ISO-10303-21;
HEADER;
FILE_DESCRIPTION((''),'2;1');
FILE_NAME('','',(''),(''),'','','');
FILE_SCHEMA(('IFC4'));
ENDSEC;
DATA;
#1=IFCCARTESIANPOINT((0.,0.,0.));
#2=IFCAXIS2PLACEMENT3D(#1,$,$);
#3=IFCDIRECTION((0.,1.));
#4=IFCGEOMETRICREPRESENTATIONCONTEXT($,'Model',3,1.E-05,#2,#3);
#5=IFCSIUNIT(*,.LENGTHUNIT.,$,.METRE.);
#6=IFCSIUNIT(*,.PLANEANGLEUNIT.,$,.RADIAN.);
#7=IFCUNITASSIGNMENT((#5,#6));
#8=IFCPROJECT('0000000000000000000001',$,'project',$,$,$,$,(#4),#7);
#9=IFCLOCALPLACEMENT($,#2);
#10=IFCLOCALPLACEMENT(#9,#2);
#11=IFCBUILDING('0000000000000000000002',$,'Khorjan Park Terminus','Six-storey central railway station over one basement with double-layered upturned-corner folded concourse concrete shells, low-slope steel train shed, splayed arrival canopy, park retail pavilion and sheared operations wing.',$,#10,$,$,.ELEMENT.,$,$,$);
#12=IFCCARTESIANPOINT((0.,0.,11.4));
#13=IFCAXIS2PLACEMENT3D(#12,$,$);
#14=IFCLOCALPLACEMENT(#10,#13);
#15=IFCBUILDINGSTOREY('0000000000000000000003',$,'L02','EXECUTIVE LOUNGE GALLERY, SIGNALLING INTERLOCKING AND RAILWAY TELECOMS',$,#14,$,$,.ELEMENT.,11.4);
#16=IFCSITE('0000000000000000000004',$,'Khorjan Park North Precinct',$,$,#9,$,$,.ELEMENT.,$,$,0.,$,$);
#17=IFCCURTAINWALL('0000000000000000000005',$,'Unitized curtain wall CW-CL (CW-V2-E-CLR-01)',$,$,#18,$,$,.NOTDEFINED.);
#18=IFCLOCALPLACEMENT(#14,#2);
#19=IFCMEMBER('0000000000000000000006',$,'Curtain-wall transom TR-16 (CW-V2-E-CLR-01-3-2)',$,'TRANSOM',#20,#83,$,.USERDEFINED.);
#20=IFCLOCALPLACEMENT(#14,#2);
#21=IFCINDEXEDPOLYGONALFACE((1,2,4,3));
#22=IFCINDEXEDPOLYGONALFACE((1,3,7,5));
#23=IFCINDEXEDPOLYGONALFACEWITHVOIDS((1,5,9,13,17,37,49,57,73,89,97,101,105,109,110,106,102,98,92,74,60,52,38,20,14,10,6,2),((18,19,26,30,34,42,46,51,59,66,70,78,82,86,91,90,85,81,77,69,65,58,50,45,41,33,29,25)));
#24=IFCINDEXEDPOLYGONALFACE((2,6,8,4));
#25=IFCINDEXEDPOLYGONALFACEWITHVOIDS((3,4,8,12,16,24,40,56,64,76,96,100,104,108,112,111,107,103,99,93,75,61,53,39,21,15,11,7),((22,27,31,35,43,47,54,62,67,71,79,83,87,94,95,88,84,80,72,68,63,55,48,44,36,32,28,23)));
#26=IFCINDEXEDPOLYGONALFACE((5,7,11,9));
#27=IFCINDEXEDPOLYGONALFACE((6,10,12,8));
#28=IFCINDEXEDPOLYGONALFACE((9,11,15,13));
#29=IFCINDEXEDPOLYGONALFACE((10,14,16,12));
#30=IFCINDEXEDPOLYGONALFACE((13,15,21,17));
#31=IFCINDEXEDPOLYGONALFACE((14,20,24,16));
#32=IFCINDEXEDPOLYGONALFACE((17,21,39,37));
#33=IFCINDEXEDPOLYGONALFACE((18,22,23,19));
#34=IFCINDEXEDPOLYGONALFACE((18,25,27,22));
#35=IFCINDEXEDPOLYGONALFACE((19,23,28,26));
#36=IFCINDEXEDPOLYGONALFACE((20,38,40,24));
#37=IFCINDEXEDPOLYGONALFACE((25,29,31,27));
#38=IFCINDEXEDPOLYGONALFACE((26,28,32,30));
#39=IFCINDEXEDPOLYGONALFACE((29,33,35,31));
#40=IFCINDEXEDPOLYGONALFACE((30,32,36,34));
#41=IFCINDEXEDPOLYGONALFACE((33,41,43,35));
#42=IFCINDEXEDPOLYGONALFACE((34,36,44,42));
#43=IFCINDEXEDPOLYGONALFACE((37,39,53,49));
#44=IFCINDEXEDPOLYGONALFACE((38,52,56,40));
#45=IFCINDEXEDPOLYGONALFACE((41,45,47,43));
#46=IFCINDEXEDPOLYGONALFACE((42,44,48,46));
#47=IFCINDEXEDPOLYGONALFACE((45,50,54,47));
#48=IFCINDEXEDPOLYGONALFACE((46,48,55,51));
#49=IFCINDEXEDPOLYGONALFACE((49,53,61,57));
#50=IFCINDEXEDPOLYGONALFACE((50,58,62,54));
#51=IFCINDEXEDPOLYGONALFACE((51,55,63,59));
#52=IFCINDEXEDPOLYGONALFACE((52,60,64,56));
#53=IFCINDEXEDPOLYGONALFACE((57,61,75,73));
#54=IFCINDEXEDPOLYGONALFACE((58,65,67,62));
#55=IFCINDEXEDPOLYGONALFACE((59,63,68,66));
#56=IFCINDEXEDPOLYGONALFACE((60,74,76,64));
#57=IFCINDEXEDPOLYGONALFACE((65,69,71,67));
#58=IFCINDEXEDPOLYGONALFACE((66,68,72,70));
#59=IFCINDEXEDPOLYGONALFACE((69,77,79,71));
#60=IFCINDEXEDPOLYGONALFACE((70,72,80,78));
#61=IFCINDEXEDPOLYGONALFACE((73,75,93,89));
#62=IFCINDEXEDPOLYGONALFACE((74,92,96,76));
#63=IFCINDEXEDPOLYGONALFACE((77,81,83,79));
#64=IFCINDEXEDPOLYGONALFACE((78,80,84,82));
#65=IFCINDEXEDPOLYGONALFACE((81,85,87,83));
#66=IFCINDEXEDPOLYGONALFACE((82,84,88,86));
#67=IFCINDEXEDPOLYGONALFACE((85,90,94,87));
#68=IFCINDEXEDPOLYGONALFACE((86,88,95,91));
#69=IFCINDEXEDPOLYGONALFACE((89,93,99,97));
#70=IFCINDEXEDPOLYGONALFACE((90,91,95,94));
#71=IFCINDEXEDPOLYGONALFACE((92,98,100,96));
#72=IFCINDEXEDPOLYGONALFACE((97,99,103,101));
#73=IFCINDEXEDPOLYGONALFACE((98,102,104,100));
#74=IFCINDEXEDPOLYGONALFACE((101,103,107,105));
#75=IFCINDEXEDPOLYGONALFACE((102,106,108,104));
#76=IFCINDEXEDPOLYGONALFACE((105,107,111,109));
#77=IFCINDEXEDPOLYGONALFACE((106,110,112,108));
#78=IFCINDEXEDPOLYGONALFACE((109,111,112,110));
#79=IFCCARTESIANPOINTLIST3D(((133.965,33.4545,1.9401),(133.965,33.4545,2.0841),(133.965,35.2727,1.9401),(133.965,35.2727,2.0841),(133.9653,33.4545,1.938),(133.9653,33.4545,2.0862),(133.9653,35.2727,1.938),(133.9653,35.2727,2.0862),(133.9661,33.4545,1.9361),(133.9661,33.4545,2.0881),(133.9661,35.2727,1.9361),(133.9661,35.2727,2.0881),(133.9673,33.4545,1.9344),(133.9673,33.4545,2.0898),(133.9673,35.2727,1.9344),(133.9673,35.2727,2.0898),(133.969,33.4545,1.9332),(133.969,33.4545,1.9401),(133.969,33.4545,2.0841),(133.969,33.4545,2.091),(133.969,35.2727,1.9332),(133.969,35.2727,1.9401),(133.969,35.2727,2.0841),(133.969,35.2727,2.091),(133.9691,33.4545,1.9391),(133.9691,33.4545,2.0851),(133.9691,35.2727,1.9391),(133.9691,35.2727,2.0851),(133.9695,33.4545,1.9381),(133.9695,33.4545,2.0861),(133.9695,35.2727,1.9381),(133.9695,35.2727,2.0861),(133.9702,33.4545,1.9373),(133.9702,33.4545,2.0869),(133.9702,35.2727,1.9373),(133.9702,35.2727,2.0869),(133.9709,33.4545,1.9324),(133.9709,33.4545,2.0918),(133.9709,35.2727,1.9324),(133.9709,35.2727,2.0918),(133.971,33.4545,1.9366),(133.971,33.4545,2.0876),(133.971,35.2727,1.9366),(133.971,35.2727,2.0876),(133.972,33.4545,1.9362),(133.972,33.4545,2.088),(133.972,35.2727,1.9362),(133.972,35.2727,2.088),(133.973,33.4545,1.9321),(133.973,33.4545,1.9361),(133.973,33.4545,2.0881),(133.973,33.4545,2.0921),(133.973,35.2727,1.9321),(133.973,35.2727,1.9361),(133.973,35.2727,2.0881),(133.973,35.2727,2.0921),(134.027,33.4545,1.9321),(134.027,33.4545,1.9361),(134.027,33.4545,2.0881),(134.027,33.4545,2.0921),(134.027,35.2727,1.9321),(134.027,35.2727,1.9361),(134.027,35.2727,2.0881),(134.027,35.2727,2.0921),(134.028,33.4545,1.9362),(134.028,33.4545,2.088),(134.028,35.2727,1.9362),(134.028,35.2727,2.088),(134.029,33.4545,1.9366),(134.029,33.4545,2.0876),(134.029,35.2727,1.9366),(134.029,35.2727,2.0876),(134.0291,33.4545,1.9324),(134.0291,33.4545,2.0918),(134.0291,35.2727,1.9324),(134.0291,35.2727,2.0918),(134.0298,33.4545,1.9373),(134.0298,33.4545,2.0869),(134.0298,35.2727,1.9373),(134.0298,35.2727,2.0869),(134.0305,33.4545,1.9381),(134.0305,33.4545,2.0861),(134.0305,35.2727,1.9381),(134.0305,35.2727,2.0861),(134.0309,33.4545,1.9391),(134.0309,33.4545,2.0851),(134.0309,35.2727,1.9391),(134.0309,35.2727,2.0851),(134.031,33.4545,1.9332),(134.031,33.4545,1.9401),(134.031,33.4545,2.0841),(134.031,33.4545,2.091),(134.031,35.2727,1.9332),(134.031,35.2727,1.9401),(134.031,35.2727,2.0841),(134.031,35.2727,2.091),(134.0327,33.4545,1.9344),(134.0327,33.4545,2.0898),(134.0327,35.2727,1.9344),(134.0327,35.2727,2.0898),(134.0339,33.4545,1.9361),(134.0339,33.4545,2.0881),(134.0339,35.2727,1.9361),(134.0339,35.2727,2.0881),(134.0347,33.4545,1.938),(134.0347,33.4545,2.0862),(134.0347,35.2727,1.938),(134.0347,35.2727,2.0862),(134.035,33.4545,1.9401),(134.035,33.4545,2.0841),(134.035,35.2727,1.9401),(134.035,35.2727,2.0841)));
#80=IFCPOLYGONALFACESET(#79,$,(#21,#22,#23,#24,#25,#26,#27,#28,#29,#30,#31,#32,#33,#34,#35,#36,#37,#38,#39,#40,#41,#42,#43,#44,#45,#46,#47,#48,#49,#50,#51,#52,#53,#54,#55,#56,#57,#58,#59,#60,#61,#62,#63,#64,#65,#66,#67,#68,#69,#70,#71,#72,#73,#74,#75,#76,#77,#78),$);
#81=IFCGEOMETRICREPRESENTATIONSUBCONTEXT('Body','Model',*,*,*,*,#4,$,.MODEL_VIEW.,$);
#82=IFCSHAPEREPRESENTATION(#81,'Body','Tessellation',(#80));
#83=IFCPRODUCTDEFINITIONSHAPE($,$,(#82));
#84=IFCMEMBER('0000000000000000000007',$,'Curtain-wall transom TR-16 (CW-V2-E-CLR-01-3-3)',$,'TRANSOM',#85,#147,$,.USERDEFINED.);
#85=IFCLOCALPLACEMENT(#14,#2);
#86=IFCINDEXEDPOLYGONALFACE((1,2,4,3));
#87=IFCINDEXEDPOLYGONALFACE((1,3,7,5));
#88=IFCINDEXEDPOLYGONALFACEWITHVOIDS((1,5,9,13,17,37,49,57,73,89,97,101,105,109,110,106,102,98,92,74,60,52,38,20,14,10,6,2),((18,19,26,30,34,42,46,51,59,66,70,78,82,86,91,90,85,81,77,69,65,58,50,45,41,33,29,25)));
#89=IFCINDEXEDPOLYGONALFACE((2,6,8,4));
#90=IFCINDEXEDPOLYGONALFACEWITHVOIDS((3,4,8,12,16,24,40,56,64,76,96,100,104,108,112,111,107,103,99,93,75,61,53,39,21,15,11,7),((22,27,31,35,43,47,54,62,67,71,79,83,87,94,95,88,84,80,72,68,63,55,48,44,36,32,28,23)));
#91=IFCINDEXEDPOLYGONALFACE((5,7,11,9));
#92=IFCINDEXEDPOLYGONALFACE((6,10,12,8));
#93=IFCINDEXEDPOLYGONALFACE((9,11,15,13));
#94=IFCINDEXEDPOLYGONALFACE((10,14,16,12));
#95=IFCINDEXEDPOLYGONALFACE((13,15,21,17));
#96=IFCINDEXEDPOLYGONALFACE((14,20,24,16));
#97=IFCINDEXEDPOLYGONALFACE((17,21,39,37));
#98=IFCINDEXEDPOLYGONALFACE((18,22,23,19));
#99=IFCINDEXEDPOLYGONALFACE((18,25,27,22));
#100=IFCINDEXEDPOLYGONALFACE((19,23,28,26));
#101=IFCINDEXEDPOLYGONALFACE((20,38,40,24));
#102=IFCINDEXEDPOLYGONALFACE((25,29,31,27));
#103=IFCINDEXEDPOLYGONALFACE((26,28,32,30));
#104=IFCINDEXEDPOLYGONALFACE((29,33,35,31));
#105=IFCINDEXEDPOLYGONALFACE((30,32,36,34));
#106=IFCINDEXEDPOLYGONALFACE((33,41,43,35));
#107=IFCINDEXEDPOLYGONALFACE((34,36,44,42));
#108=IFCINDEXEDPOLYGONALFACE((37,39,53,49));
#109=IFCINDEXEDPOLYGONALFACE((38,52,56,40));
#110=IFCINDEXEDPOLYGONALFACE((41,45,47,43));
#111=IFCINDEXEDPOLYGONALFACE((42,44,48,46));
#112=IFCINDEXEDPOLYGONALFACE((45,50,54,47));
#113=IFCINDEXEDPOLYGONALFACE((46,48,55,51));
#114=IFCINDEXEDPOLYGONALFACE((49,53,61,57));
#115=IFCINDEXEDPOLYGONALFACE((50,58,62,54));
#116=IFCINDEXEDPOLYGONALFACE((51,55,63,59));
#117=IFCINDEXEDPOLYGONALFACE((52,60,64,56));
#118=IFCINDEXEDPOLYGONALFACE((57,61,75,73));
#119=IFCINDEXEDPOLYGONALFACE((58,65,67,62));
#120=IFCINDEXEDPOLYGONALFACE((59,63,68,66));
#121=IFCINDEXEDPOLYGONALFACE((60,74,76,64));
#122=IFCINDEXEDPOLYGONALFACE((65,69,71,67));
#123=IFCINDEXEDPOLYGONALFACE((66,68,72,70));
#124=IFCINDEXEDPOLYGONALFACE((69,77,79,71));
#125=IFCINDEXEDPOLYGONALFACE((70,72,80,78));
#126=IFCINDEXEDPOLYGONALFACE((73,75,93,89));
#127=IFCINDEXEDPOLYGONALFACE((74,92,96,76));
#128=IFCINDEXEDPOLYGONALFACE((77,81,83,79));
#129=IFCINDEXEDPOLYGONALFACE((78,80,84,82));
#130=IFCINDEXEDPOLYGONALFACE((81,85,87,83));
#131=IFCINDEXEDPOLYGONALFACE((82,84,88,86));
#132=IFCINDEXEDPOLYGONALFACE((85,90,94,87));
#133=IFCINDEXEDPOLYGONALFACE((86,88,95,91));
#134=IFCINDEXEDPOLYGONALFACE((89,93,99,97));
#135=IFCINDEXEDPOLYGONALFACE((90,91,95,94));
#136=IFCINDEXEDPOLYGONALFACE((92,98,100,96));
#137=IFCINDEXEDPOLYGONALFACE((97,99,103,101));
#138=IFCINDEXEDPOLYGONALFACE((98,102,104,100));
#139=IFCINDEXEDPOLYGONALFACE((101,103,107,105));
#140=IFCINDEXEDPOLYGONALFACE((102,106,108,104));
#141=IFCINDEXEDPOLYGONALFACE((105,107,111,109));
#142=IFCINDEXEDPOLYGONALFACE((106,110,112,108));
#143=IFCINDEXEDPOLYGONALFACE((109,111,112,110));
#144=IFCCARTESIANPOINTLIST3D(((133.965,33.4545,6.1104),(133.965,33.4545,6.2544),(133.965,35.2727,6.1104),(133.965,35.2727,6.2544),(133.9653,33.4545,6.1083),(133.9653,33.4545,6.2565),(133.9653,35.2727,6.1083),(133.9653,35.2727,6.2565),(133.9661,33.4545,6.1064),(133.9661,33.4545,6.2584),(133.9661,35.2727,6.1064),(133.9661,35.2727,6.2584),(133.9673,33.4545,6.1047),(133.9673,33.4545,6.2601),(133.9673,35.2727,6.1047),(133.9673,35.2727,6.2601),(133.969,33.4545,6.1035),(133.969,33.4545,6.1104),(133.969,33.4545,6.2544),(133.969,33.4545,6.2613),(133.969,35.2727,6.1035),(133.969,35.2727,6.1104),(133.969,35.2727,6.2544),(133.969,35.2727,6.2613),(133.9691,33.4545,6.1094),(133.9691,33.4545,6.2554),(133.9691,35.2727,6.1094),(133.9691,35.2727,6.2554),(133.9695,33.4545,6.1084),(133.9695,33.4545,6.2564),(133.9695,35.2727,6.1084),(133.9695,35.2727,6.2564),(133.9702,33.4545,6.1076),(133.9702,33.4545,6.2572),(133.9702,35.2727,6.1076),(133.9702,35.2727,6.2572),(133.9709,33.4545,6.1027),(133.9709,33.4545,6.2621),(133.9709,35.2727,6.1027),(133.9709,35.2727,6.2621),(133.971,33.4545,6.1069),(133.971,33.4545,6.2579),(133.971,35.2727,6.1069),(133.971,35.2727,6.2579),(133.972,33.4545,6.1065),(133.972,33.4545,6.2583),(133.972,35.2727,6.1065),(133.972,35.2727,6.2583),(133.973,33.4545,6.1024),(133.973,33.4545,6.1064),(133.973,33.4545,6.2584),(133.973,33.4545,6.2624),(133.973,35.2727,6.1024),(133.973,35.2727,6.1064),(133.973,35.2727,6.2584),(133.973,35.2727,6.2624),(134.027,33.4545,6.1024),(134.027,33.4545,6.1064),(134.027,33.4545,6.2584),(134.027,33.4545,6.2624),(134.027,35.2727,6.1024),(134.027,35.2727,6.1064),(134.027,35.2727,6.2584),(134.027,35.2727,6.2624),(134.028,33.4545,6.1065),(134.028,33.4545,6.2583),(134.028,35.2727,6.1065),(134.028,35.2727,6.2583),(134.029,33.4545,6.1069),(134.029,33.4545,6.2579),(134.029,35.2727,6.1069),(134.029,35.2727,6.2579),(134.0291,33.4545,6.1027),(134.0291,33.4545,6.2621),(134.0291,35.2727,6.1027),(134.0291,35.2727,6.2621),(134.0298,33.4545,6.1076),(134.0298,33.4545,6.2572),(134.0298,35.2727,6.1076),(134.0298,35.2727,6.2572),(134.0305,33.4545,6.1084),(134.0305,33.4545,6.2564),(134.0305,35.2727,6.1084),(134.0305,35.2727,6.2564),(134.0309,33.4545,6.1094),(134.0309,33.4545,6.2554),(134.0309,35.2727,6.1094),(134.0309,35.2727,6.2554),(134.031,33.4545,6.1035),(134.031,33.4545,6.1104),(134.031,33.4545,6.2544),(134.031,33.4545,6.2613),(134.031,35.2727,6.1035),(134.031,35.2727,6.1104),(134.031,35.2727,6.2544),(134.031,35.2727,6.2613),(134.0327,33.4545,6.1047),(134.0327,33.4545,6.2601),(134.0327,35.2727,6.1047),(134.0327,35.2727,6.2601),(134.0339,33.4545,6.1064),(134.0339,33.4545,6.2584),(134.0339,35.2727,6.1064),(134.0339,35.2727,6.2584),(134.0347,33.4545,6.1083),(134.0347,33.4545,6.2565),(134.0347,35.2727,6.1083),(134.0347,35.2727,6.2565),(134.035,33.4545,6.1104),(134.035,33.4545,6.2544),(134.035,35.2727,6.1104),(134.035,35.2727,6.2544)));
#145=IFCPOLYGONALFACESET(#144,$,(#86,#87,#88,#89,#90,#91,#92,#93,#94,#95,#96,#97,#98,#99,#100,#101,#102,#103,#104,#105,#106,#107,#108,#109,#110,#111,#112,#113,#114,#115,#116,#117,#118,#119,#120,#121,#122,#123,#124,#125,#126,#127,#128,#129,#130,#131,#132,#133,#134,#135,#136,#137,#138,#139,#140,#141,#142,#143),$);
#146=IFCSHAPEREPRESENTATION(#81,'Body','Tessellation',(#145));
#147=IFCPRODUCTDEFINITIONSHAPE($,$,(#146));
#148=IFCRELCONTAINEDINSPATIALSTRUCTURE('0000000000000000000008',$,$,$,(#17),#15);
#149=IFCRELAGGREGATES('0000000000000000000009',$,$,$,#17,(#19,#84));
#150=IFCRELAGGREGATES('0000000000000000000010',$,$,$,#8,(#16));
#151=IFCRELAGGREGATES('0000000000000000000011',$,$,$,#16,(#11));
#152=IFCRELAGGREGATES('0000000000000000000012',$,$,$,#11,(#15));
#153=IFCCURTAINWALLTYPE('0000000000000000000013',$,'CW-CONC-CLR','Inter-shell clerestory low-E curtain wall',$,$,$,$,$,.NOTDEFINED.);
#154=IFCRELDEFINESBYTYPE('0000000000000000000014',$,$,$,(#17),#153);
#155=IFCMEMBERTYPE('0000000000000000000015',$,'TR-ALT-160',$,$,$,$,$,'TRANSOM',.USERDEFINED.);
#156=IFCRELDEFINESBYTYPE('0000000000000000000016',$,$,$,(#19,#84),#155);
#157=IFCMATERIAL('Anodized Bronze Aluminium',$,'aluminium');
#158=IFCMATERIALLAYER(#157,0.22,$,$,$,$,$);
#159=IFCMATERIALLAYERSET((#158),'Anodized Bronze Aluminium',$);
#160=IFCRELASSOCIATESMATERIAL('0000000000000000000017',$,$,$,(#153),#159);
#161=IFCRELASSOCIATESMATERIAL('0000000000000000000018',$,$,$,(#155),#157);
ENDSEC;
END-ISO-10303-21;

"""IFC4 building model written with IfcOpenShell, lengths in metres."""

from ifc_helpers import new_model, si_unit, direction, frame, origin, origin_2d, place, context, subcontext, project, spatial, hollow_rectangle, extrude, material, layer, layer_set, material_profile, profile_set, type_object, element, aggregate, save


model = new_model("IFC4")

# Units and contexts
model_context = context("Model", 3, precision=1e-05, world=origin(), true_north=direction((0.0, 1.0)))
body_context = subcontext(model_context, "Body", "Model", "MODEL_VIEW")
ifc_project = project(units=[si_unit("LENGTHUNIT", "METRE"), si_unit("PLANEANGLEUNIT", "RADIAN")], contexts=[model_context])

# Site, building, storey
site_placement = place(None, origin())
site = spatial("IfcSite", under=ifc_project, at=site_placement, Name="Khorjan Park North Precinct", CompositionType="ELEMENT", RefElevation=0.0)
building_placement = place(site_placement, origin())
building = spatial("IfcBuilding", under=site, at=building_placement, Name="Khorjan Park Terminus", Description="Six-storey central railway station over one basement with double-layered upturned-corner folded concourse concrete shells, low-slope steel train shed, splayed arrival canopy, park retail pavilion and sheared operations wing.", CompositionType="ELEMENT")
storey_placement = place(building_placement, frame((0.0, 0.0, 11.4)))
storey = spatial("IfcBuildingStorey", under=building, at=storey_placement, Name="L02", Description="EXECUTIVE LOUNGE GALLERY, SIGNALLING INTERLOCKING AND RAILWAY TELECOMS", CompositionType="ELEMENT", Elevation=11.4)

# Curtain wall, members
ifc_material_1 = material(Name="Anodized Bronze Aluminium", Category="aluminium")
ifc_layer_1 = layer(ifc_material_1, 0.22)
ifc_layer_set_1 = layer_set([ifc_layer_1], Name="Anodized Bronze Aluminium")
curtain_wall_type = type_object("IfcCurtainWallType", Name="CW-CONC-CLR", Description="Inter-shell clerestory low-E curtain wall", PredefinedType="NOTDEFINED", material=ifc_layer_set_1)
curtain_wall_placement = place(storey_placement, origin())
curtain_wall = element("IfcCurtainWall", 1, at=curtain_wall_placement, inside=storey, type_object=curtain_wall_type, Name="Unitized curtain wall CW-CL (CW-V2-E-CLR-01)", PredefinedType="NOTDEFINED")
ifc_material_profile_1 = material_profile(ifc_material_1, hollow_rectangle(XDim=0.07, YDim=0.16, WallThickness=0.004, InnerFilletRadius=0.004, OuterFilletRadius=0.008, at=origin_2d()), Name="ALT 70x160x4")
ifc_profile_set_1 = profile_set([ifc_material_profile_1], Name="Anodized Bronze Aluminium")
member_type_1 = type_object("IfcMemberType", Name="TR-ALT-160", ElementType="TRANSOM", PredefinedType="USERDEFINED", material=ifc_profile_set_1)
member_1_placement = place(storey_placement, frame((134.0, 33.4545, 2.0121), z_axis=(0.0, 1.0, 0.0), x_axis=(-1.0, 0.0, 0.0)))
member_1 = element("IfcMember", 2, at=member_1_placement, type_object=member_type_1, Name="Curtain-wall transom TR-16 (CW-V2-E-CLR-01-3-2)", ObjectType="TRANSOM", PredefinedType="USERDEFINED", context=body_context, shape_type="SweptSolid", body=[
    extrude(hollow_rectangle(XDim=0.07, YDim=0.16, WallThickness=0.004, InnerFilletRadius=0.004, OuterFilletRadius=0.008, at=origin_2d()), origin(), (0.0, 0.0, 1.0), 1.8182),
])
member_2_placement = place(storey_placement, frame((134.0, 33.4545, 6.1824), z_axis=(0.0, 1.0, 0.0), x_axis=(-1.0, 0.0, 0.0)))
member_2 = element("IfcMember", 3, at=member_2_placement, type_object=member_type_1, Name="Curtain-wall transom TR-16 (CW-V2-E-CLR-01-3-3)", ObjectType="TRANSOM", PredefinedType="USERDEFINED", context=body_context, shape_type="SweptSolid", body=[
    extrude(hollow_rectangle(XDim=0.07, YDim=0.16, WallThickness=0.004, InnerFilletRadius=0.004, OuterFilletRadius=0.008, at=origin_2d()), origin(), (0.0, 0.0, 1.0), 1.8182),
])
aggregate(curtain_wall, [member_1, member_2])

save(model, "model.ifc")
